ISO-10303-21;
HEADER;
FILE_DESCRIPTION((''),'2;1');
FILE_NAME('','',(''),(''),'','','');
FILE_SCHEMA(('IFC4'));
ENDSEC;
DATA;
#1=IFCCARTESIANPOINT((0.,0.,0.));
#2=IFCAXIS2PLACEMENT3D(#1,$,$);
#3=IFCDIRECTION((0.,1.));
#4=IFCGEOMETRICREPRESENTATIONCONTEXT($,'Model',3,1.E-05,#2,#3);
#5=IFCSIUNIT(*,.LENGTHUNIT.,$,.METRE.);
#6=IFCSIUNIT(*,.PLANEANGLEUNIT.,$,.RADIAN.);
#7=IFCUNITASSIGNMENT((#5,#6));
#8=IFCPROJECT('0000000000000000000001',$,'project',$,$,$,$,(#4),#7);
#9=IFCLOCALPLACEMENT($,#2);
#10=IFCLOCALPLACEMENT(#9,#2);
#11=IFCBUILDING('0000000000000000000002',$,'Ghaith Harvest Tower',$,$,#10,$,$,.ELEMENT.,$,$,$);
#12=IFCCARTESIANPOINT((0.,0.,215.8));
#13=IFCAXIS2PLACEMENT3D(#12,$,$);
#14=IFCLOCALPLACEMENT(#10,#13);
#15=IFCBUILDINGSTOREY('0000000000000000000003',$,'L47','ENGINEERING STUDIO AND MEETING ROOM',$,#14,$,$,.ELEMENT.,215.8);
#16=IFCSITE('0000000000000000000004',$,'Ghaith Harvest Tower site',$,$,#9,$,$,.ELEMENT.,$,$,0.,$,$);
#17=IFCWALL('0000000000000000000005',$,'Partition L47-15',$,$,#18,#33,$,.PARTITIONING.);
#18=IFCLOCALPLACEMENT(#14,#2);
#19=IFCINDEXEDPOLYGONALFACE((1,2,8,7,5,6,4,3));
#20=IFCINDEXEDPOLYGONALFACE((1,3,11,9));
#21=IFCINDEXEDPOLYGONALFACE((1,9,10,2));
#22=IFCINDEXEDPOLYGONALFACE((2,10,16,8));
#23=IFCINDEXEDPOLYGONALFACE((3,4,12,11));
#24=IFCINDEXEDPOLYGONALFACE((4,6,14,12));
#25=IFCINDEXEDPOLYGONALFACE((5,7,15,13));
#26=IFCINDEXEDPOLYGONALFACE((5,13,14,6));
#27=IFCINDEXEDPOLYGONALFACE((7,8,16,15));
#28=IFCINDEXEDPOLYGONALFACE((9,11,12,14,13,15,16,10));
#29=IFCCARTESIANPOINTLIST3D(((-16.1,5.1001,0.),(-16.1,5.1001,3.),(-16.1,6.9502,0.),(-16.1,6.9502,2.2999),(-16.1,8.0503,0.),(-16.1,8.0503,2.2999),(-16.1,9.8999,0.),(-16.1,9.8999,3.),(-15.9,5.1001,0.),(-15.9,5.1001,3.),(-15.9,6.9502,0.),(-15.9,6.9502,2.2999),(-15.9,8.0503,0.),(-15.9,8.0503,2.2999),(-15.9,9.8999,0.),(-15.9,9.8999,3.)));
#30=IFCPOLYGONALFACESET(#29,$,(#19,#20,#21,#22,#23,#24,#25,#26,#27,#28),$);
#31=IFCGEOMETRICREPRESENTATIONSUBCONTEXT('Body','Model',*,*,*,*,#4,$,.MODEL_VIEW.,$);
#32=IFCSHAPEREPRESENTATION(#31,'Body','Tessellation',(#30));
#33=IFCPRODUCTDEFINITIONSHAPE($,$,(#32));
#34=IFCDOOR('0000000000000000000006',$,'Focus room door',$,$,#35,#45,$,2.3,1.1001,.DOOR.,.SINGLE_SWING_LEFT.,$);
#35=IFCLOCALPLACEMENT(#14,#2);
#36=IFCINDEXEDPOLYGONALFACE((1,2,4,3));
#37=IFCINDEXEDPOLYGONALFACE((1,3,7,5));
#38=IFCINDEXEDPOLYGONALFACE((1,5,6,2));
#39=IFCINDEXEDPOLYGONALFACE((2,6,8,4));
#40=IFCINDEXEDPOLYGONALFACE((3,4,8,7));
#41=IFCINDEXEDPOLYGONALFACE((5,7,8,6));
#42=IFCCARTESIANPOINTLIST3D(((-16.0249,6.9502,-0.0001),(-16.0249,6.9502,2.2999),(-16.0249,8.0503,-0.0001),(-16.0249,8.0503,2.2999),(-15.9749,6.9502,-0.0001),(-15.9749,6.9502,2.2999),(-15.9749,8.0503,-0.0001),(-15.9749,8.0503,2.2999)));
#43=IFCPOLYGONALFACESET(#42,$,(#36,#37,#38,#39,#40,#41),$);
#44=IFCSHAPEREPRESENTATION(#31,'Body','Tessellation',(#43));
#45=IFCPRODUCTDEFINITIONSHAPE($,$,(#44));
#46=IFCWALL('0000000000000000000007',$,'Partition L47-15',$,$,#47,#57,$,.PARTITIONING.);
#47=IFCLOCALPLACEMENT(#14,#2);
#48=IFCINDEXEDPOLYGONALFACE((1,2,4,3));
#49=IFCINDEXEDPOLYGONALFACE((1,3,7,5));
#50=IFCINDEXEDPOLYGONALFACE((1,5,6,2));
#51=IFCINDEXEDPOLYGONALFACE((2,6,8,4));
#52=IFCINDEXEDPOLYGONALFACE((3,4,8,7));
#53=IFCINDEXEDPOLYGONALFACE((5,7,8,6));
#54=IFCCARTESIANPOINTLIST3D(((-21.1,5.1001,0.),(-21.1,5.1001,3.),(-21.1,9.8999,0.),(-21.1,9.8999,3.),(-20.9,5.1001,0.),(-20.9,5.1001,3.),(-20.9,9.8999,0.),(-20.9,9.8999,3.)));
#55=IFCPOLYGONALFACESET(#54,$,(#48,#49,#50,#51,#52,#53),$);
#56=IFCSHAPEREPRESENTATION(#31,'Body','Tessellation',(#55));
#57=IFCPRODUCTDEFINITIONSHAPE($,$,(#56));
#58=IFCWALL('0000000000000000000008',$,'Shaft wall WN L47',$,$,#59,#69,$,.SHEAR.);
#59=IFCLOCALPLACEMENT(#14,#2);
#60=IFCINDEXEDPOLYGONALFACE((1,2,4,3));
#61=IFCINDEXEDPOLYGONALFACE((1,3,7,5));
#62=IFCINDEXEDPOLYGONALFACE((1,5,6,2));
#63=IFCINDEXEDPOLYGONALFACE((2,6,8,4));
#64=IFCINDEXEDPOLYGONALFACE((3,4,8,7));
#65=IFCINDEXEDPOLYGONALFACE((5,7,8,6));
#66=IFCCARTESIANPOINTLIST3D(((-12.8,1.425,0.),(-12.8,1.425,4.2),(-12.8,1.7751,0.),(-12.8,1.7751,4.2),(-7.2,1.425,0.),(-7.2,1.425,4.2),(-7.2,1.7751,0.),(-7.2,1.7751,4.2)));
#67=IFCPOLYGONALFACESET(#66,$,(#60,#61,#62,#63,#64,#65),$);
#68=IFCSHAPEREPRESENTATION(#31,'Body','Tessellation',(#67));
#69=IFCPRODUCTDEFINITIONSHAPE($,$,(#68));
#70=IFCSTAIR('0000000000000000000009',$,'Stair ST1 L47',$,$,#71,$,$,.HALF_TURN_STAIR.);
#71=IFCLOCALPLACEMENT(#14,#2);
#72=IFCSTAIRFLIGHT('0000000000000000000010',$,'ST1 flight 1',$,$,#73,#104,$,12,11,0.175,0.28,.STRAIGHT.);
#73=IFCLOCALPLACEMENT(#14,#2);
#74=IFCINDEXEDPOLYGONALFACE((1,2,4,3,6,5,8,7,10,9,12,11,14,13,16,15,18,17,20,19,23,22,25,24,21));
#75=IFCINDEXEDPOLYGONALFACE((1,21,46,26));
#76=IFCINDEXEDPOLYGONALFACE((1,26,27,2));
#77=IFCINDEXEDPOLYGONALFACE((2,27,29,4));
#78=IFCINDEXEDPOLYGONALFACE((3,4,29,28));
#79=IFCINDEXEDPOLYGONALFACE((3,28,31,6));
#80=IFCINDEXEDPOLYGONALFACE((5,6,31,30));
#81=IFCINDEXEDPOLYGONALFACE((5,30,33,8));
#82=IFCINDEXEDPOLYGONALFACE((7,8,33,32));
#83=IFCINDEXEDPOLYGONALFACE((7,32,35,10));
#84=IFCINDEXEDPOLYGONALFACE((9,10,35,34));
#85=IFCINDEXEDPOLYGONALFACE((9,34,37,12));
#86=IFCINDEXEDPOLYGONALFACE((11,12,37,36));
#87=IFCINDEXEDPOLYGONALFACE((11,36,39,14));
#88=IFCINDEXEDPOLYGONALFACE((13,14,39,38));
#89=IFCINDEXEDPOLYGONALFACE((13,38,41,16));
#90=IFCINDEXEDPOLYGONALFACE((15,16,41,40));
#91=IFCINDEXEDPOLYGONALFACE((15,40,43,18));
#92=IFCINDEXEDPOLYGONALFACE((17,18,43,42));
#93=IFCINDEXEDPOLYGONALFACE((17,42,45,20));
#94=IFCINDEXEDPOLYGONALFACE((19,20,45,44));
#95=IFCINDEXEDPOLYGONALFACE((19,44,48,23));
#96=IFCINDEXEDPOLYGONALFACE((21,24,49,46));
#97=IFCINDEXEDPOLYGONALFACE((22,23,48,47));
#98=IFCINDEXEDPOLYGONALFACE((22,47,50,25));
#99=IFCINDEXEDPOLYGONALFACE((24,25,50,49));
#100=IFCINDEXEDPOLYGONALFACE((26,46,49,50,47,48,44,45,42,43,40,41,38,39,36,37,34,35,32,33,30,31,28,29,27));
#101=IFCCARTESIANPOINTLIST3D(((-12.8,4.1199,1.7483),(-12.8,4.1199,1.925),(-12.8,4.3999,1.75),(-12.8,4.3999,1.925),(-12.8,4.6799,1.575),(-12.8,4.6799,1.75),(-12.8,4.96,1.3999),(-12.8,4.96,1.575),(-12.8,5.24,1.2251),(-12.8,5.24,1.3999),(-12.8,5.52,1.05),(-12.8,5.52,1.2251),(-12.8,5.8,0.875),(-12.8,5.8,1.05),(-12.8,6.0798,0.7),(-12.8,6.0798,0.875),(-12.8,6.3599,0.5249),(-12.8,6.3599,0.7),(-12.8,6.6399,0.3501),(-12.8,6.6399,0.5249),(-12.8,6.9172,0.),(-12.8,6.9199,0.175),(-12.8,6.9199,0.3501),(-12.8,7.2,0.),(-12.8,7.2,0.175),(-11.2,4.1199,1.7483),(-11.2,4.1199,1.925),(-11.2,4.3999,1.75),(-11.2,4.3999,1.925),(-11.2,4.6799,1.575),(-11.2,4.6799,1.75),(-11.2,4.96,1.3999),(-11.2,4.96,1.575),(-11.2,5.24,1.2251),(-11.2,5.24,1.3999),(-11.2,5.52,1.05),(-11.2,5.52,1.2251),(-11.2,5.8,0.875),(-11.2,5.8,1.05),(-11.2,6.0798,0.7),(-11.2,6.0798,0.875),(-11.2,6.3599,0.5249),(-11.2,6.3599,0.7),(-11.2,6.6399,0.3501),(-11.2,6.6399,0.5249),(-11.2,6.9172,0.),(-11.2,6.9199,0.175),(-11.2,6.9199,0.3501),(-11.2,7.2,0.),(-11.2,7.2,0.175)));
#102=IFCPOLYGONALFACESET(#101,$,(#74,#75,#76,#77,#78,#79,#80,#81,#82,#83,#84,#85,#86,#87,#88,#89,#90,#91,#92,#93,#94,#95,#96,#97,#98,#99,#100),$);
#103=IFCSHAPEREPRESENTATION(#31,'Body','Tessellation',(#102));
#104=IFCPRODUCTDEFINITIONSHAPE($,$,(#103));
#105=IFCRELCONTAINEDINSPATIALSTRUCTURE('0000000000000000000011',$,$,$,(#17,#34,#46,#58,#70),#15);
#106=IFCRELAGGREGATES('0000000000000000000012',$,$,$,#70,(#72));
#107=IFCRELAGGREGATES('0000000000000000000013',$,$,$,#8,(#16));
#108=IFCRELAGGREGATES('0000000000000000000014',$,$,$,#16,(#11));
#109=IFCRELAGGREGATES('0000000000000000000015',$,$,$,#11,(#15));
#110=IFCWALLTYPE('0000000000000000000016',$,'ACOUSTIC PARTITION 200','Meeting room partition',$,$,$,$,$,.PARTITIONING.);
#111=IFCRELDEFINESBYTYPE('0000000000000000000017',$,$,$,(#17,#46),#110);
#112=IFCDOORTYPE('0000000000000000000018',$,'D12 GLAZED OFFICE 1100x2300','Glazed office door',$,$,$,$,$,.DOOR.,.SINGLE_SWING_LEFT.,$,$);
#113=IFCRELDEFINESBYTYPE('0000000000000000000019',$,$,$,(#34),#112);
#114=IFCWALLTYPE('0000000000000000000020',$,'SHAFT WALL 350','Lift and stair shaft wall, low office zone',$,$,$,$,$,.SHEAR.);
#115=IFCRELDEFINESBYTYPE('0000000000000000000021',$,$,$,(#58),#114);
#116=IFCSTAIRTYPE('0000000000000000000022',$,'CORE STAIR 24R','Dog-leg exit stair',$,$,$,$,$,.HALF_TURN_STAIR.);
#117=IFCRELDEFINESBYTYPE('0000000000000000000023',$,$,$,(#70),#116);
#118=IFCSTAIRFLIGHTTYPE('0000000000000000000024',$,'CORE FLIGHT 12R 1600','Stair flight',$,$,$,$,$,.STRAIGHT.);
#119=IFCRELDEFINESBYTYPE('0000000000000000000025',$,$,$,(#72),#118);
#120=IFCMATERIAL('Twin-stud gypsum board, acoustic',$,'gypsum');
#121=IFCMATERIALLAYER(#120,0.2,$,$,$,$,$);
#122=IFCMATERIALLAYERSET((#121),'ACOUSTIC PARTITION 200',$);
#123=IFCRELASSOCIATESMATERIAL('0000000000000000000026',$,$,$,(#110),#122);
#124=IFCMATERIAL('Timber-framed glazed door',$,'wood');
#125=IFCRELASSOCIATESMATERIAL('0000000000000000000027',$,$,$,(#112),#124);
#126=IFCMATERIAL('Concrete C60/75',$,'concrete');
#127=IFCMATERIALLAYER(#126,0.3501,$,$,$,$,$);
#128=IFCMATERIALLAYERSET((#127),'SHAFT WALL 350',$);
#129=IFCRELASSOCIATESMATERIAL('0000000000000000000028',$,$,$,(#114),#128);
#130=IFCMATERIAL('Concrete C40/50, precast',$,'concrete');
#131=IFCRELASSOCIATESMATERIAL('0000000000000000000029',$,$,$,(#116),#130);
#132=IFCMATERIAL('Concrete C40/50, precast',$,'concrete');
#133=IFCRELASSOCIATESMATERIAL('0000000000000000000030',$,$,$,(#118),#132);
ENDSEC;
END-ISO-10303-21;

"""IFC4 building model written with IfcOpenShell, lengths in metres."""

from ifc_helpers import new_model, si_unit, direction, frame, frame_2d, origin, place, context, subcontext, project, spatial, polyline, rectangle, outline, extrude, material, layer, layer_set, type_object, element, fill, aggregate, save


model = new_model("IFC4")

# Units and contexts
model_context = context("Model", 3, precision=1e-05, world=origin(), true_north=direction((0.0, 1.0)))
body_context = subcontext(model_context, "Body", "Model", "MODEL_VIEW")
ifc_project = project(units=[si_unit("LENGTHUNIT", "METRE"), si_unit("PLANEANGLEUNIT", "RADIAN")], contexts=[model_context])

# Site, building, storey
site_placement = place(None, origin())
site = spatial("IfcSite", under=ifc_project, at=site_placement, Name="Ghaith Harvest Tower site", CompositionType="ELEMENT", RefElevation=0.0)
building_placement = place(site_placement, origin())
building = spatial("IfcBuilding", under=site, at=building_placement, Name="Ghaith Harvest Tower", CompositionType="ELEMENT")
storey_placement = place(building_placement, frame((0.0, 0.0, 215.8)))
storey = spatial("IfcBuildingStorey", under=building, at=storey_placement, Name="L47", Description="ENGINEERING STUDIO AND MEETING ROOM", CompositionType="ELEMENT", Elevation=215.8)

# Shared definitions
ifc_material_1 = material(Name="Twin-stud gypsum board, acoustic", Category="gypsum")
ifc_layer_1 = layer(ifc_material_1, 0.2)
ifc_layer_set_1 = layer_set([ifc_layer_1], Name="ACOUSTIC PARTITION 200")
wall_type_1 = type_object("IfcWallType", Name="ACOUSTIC PARTITION 200", Description="Meeting room partition", PredefinedType="PARTITIONING", material=ifc_layer_set_1)

# Wall, opening, door
wall_1_placement = place(storey_placement, frame((-16.0, 5.1001, 0.0), z_axis=(0.0, 0.0, 1.0), x_axis=(0.0, 1.0, 0.0)))
wall_1 = element("IfcWall", 1, at=wall_1_placement, inside=storey, type_object=wall_type_1, Name="Partition L47-15", PredefinedType="PARTITIONING", context=body_context, shape_type="SweptSolid", body=[
    extrude(rectangle(XDim=4.7998, YDim=0.2, at=frame_2d((2.3999, 0.0))), origin(), (0.0, 0.0, 1.0), 3.0),
])
opening_placement = place(wall_1_placement, frame((1.8501, 0.0, 0.0)))
opening = element("IfcOpeningElement", 2, at=opening_placement, cuts=wall_1, PredefinedType="OPENING", context=body_context, shape_type="SweptSolid", body=[
    extrude(rectangle(XDim=1.1001, YDim=2.3, at=frame_2d((0.55, 1.1499))), frame((0.0, 0.1099, 0.0), z_axis=(0.0, -1.0, 0.0), x_axis=(1.0, 0.0, 0.0)), (0.0, 0.0, 1.0), 0.22),
])
ifc_material_2 = material(Name="Timber-framed glazed door", Category="wood")
door_type = type_object("IfcDoorType", Name="D12 GLAZED OFFICE 1100x2300", Description="Glazed office door", OperationType="SINGLE_SWING_LEFT", PredefinedType="DOOR", material=ifc_material_2)
door_placement = place(opening_placement, origin())
door = element("IfcDoor", 3, at=door_placement, inside=storey, type_object=door_type, Name="Focus room door", OperationType="SINGLE_SWING_LEFT", OverallHeight=2.3, OverallWidth=1.1001, PredefinedType="DOOR", context=body_context, shape_type="SweptSolid", body=[
    extrude(rectangle(XDim=1.1001, YDim=2.3, at=frame_2d((0.55, 1.1499))), frame((0.0, 0.0249, 0.0), z_axis=(0.0, -1.0, 0.0), x_axis=(1.0, 0.0, 0.0)), (0.0, 0.0, 1.0), 0.05),
])
fill(opening, door)

# Walls
wall_2_placement = place(storey_placement, frame((-21.0, 5.1001, 0.0), z_axis=(0.0, 0.0, 1.0), x_axis=(0.0, 1.0, 0.0)))
element("IfcWall", 4, at=wall_2_placement, inside=storey, type_object=wall_type_1, Name="Partition L47-15", PredefinedType="PARTITIONING", context=body_context, shape_type="SweptSolid", body=[
    extrude(rectangle(XDim=4.7998, YDim=0.2, at=frame_2d((2.3999, 0.0))), origin(), (0.0, 0.0, 1.0), 3.0),
])
ifc_material_3 = material(Name="Concrete C60/75", Category="concrete")
ifc_layer_2 = layer(ifc_material_3, 0.3501)
ifc_layer_set_2 = layer_set([ifc_layer_2], Name="SHAFT WALL 350")
wall_type_2 = type_object("IfcWallType", Name="SHAFT WALL 350", Description="Lift and stair shaft wall, low office zone", PredefinedType="SHEAR", material=ifc_layer_set_2)
wall_3_placement = place(storey_placement, frame((-12.8, 1.6001, 0.0), z_axis=(0.0, 0.0, 1.0), x_axis=(1.0, 0.0, 0.0)))
element("IfcWall", 5, at=wall_3_placement, inside=storey, type_object=wall_type_2, Name="Shaft wall WN L47", PredefinedType="SHEAR", context=body_context, shape_type="SweptSolid", body=[
    extrude(rectangle(XDim=5.6001, YDim=0.3501, at=frame_2d((2.8, 0.0))), origin(), (0.0, 0.0, 1.0), 4.2),
])

# Stair, stair flight
ifc_material_4 = material(Name="Concrete C40/50, precast", Category="concrete")
stair_type = type_object("IfcStairType", Name="CORE STAIR 24R", Description="Dog-leg exit stair", PredefinedType="HALF_TURN_STAIR", material=ifc_material_4)
stair_placement = place(storey_placement, origin())
stair = element("IfcStair", 6, at=stair_placement, inside=storey, type_object=stair_type, Name="Stair ST1 L47", PredefinedType="HALF_TURN_STAIR")
ifc_material_5 = material(Name="Concrete C40/50, precast", Category="concrete")
stair_flight_type = type_object("IfcStairFlightType", Name="CORE FLIGHT 12R 1600", Description="Stair flight", PredefinedType="STRAIGHT", material=ifc_material_5)
stair_flight_placement = place(storey_placement, frame((-12.0, 7.2, 0.0), z_axis=(0.0, 0.0, 1.0), x_axis=(0.0, -1.0, 0.0)))
stair_flight = element("IfcStairFlight", 7, at=stair_flight_placement, type_object=stair_flight_type, Name="ST1 flight 1", NumberOfRisers=12, NumberOfTreads=11, PredefinedType="STRAIGHT", RiserHeight=0.175, TreadLength=0.28, context=body_context, shape_type="SweptSolid", body=[
    extrude(outline(polyline([(0.0, 0.0), (0.0, 0.175), (0.28, 0.175), (0.28, 0.3501), (0.5601, 0.3501), (0.5601, 0.5249), (0.8401, 0.5249), (0.8401, 0.7), (1.1201, 0.7), (1.1201, 0.875), (1.3999, 0.875), (1.3999, 1.05), (1.6799, 1.05), (1.6799, 1.2251), (1.96, 1.2251), (1.96, 1.3999), (2.24, 1.3999), (2.24, 1.575), (2.52, 1.575), (2.52, 1.75), (2.8, 1.75), (2.8, 1.925), (3.0801, 1.925), (3.0801, 2.1001), (3.0801, 1.7483), (0.2827, 0.0), (0.0, 0.0)])), frame((0.0, 0.8, 0.0), z_axis=(0.0, -1.0, 0.0), x_axis=(1.0, 0.0, 0.0)), (0.0, 0.0, 1.0), 1.6001),
])
aggregate(stair, [stair_flight])

save(model, "model.ifc")
